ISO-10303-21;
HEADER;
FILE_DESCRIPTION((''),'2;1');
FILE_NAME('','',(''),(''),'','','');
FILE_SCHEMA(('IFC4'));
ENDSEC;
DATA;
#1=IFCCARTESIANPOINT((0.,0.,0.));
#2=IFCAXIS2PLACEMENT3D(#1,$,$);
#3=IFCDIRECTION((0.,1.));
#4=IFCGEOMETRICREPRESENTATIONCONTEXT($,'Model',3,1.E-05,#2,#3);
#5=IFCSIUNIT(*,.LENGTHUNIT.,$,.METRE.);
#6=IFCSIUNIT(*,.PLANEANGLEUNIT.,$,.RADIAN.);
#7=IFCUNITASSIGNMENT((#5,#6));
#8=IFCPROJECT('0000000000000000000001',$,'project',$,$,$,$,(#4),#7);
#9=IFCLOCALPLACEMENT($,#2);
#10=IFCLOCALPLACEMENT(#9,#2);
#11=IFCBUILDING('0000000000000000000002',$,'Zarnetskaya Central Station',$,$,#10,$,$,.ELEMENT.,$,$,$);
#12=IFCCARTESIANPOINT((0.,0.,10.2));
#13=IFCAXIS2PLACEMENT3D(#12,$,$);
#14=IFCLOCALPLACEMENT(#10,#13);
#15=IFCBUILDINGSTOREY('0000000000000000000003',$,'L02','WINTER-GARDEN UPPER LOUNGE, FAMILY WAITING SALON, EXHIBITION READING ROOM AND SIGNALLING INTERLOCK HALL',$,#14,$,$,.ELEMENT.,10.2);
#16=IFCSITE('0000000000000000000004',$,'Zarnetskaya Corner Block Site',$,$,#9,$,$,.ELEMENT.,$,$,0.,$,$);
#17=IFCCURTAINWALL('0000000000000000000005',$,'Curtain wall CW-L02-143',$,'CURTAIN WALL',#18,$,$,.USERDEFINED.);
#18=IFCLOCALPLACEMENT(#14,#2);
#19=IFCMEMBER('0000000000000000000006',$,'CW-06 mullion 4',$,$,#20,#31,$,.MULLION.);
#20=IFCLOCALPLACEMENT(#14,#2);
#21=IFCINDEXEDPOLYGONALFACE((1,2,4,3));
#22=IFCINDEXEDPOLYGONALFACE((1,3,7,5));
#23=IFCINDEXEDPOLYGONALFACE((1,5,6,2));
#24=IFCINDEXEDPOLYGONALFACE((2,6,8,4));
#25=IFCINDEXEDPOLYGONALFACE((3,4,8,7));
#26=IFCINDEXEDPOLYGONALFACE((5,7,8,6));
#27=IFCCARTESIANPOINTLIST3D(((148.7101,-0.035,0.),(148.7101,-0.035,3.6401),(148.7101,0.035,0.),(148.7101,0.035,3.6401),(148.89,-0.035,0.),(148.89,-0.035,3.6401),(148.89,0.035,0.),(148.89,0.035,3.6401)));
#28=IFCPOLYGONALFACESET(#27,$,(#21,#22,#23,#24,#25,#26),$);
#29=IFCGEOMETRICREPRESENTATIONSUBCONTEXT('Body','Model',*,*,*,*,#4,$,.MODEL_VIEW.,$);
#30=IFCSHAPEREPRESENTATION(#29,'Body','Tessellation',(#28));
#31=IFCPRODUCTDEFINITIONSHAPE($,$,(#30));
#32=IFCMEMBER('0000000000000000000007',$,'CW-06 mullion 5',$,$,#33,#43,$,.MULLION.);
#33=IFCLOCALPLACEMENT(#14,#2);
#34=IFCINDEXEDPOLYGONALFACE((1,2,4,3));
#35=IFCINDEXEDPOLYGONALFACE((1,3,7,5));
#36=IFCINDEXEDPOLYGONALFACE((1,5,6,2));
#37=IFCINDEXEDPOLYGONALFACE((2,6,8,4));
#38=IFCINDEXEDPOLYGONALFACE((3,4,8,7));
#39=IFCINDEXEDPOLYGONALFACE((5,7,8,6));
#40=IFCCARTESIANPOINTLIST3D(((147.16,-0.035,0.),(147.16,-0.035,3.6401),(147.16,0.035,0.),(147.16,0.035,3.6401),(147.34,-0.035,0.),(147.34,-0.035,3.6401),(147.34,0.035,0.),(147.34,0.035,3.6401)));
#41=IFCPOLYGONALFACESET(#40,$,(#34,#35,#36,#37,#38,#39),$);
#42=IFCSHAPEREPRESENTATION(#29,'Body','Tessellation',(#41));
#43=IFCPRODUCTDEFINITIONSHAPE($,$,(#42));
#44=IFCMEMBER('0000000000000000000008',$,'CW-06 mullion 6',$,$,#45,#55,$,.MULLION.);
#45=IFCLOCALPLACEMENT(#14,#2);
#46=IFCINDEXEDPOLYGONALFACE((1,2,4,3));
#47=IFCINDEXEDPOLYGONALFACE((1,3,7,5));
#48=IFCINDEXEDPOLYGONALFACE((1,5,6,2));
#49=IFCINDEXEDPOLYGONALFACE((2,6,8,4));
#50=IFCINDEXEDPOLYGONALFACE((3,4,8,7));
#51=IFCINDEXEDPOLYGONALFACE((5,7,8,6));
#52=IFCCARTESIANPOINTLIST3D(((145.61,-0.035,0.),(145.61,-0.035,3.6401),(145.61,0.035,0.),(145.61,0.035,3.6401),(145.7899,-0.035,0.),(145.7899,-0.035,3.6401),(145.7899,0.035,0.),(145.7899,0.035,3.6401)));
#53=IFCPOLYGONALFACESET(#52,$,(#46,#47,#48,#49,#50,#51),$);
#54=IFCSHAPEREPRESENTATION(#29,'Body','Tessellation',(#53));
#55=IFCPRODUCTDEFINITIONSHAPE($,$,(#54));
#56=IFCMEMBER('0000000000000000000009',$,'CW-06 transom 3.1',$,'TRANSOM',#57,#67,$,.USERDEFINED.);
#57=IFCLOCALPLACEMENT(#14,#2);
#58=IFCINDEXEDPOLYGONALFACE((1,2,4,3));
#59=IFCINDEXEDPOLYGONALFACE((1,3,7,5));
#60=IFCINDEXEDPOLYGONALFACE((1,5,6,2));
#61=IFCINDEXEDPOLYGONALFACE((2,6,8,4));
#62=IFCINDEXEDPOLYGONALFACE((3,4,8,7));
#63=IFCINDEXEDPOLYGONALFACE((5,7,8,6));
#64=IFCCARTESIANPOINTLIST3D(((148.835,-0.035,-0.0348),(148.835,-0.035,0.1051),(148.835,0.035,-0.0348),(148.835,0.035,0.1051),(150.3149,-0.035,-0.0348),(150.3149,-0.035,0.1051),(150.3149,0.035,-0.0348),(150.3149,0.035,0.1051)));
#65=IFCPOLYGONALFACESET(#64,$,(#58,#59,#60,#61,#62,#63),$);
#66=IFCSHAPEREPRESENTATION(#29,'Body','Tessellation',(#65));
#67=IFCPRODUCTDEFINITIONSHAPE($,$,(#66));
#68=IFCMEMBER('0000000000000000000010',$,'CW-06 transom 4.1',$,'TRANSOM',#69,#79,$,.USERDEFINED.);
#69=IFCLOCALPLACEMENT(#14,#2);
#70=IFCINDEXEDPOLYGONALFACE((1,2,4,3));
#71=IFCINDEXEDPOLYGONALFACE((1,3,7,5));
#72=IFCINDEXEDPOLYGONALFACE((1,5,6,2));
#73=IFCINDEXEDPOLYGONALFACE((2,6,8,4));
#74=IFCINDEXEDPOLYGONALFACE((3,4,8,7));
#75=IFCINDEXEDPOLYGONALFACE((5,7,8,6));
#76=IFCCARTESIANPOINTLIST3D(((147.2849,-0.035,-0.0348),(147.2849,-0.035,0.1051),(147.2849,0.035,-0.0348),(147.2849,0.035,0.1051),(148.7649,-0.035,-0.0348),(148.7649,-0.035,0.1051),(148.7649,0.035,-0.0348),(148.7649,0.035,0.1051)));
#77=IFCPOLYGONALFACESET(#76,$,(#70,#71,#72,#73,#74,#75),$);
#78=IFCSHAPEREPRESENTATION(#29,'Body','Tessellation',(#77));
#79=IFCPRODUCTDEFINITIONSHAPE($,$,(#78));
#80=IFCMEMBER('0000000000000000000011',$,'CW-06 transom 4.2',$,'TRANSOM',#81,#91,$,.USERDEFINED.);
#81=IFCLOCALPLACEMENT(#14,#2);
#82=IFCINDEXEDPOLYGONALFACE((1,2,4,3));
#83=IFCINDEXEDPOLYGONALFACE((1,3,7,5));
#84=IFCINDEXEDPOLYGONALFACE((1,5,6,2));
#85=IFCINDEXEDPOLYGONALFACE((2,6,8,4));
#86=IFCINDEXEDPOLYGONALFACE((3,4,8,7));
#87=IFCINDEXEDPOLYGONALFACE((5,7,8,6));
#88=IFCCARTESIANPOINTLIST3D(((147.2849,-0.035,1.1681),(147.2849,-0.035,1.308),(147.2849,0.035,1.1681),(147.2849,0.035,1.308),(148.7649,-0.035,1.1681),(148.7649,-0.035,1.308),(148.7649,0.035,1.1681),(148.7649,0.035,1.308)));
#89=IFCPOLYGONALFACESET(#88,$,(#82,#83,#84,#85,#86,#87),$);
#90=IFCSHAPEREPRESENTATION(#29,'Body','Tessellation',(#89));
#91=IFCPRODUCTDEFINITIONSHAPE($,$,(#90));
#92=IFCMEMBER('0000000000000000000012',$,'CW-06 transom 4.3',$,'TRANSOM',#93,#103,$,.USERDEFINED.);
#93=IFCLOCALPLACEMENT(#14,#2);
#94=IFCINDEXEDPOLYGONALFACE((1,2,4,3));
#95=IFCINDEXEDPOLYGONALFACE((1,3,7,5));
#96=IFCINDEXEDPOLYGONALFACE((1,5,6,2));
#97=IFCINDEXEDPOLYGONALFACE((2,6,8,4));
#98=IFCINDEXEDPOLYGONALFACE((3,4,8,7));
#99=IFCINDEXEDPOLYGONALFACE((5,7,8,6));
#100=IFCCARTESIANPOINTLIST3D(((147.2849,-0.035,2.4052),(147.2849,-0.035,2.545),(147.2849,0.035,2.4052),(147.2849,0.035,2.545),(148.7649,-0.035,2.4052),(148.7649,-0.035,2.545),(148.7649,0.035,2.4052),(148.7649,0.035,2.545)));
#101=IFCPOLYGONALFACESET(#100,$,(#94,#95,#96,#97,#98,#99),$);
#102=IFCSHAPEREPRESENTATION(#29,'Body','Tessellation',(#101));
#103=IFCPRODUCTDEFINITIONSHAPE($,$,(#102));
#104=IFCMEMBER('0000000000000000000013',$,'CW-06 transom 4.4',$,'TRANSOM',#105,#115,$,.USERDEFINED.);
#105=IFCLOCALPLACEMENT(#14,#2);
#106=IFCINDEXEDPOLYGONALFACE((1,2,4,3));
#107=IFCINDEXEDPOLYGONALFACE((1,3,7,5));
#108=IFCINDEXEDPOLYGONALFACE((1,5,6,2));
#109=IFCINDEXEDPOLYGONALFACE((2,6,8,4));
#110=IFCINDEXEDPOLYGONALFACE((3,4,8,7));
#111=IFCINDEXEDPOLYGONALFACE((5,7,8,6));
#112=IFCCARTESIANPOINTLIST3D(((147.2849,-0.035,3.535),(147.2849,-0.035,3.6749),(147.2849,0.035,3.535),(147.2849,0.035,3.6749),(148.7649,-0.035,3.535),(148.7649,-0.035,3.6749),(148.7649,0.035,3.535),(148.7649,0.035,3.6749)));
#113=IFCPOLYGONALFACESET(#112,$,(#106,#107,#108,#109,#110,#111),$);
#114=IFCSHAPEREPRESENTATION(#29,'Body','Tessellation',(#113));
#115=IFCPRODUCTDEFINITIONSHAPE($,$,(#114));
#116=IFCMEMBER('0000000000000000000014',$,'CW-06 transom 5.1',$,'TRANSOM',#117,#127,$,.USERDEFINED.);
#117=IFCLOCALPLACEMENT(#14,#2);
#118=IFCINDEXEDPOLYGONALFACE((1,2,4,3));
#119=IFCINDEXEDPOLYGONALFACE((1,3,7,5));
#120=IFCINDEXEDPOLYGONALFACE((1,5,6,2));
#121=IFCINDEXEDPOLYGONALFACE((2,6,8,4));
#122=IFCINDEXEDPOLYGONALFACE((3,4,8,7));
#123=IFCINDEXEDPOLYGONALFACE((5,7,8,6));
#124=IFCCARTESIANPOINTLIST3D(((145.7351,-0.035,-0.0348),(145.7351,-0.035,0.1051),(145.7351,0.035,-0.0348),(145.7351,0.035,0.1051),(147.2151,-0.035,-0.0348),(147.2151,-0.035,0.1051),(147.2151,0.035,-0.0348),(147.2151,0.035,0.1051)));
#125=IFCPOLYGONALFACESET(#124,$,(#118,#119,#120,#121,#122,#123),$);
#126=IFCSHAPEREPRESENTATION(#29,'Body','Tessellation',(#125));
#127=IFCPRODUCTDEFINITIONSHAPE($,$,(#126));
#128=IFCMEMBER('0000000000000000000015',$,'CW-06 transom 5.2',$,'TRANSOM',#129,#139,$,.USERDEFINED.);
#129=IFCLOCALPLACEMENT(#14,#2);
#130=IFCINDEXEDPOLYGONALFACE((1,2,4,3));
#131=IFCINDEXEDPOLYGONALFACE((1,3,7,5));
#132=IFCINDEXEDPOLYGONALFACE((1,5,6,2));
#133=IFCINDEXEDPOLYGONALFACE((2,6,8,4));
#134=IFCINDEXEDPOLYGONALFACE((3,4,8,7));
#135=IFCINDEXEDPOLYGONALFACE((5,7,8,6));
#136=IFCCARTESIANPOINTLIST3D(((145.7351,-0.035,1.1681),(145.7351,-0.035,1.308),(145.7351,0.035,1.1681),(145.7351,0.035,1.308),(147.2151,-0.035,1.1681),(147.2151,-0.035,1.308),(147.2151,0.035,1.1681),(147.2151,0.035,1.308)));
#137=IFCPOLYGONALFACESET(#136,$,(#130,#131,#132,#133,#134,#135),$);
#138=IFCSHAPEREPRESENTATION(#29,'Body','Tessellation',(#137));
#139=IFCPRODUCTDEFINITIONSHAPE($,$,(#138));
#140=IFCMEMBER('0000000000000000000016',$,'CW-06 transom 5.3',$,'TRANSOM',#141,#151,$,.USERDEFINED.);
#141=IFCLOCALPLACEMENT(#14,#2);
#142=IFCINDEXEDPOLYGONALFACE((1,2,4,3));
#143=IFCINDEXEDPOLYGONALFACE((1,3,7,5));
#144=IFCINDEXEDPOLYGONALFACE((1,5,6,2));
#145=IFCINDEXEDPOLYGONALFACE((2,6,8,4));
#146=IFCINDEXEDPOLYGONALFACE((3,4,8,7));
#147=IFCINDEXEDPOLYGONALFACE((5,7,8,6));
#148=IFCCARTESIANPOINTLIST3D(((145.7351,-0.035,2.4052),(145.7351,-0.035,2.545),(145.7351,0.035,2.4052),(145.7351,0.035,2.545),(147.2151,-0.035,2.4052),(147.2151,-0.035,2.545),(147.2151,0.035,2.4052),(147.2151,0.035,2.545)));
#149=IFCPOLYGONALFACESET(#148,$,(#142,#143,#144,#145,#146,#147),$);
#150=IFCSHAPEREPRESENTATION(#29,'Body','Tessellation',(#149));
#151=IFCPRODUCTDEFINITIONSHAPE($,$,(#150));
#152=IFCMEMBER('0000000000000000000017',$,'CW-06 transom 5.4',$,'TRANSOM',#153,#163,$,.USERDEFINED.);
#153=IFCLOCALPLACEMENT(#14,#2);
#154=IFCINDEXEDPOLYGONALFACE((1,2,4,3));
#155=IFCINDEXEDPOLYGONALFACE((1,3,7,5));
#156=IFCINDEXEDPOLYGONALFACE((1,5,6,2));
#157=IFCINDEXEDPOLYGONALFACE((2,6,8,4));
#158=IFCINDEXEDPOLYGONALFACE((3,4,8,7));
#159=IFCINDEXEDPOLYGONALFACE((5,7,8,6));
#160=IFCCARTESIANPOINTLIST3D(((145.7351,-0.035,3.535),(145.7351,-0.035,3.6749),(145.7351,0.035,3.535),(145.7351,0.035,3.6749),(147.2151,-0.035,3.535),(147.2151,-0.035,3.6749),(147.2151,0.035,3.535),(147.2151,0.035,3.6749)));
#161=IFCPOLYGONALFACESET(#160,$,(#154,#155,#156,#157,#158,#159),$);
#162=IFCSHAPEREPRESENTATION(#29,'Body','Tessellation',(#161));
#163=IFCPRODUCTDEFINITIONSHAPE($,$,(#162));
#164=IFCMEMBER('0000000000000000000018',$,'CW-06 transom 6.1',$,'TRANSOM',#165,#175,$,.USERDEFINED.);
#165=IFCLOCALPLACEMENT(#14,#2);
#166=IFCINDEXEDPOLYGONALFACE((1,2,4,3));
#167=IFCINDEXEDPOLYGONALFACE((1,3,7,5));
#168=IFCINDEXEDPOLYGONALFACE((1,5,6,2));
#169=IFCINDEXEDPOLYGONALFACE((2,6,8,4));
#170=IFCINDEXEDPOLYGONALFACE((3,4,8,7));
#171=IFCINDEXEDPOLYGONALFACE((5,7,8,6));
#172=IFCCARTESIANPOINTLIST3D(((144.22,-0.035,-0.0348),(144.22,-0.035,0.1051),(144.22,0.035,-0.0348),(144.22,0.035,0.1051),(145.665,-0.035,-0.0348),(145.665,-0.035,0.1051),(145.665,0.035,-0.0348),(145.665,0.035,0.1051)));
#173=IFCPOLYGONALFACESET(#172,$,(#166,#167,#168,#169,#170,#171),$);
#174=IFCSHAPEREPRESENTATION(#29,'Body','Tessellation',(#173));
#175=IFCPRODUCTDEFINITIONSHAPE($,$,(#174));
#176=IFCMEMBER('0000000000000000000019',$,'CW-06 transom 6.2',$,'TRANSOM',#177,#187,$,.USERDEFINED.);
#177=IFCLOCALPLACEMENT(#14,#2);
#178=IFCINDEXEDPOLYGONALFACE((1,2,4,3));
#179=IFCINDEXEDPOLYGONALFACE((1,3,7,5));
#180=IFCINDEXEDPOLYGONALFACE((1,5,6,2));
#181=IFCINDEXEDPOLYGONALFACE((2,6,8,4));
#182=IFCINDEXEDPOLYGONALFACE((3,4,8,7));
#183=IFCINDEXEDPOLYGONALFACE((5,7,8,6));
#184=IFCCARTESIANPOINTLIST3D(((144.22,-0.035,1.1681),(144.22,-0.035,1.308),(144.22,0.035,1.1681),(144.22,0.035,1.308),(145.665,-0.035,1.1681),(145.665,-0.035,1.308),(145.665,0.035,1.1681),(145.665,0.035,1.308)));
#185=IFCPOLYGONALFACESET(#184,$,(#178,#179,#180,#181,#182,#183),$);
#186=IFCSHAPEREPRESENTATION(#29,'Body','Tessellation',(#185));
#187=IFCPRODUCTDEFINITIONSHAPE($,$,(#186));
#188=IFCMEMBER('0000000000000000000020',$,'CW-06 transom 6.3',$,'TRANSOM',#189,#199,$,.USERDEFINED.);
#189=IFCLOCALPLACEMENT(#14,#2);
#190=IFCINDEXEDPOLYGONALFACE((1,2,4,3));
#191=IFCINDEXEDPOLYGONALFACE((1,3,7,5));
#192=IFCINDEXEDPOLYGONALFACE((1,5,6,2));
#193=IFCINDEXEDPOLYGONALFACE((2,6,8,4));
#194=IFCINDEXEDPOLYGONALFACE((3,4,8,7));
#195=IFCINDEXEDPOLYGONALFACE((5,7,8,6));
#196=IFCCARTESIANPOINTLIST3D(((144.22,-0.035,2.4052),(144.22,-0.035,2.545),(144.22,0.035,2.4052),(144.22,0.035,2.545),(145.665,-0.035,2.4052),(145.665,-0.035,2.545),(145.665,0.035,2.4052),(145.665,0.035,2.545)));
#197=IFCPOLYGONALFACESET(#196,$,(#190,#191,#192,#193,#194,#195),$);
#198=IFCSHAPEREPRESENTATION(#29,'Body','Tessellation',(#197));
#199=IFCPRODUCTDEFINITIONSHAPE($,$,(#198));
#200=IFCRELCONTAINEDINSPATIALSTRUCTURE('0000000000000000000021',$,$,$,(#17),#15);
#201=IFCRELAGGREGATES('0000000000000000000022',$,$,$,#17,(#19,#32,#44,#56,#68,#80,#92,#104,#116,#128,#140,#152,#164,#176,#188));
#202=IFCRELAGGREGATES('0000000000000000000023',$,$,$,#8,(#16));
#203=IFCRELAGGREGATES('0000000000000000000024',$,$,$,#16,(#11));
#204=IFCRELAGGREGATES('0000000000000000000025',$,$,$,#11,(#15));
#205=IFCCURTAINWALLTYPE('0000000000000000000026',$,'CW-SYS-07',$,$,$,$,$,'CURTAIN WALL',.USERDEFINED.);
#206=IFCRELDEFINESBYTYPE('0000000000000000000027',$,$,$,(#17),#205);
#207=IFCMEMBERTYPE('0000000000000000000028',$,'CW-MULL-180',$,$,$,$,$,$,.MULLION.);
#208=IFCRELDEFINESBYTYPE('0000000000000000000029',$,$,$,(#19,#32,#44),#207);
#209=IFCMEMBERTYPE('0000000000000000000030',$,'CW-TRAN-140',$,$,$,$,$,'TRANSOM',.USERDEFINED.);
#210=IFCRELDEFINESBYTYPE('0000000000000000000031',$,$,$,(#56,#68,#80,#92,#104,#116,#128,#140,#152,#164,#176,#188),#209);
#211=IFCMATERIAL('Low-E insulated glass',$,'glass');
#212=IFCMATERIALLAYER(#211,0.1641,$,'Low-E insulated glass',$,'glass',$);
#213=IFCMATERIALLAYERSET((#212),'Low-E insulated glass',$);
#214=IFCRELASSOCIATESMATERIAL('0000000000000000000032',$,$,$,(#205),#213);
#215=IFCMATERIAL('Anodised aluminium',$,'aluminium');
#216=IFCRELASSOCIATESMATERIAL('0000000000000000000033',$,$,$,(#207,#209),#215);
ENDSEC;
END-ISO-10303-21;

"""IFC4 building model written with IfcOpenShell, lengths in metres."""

from ifc_helpers import new_model, si_unit, direction, frame, origin, origin_2d, place, context, subcontext, project, spatial, rectangle, extrude, material, layer, layer_set, material_profile, profile_set, type_object, element, aggregate, save


model = new_model("IFC4")

# Units and contexts
model_context = context("Model", 3, precision=1e-05, world=origin(), true_north=direction((0.0, 1.0)))
body_context = subcontext(model_context, "Body", "Model", "MODEL_VIEW")
ifc_project = project(units=[si_unit("LENGTHUNIT", "METRE"), si_unit("PLANEANGLEUNIT", "RADIAN")], contexts=[model_context])

# Site, building, storey
site_placement = place(None, origin())
site = spatial("IfcSite", under=ifc_project, at=site_placement, Name="Zarnetskaya Corner Block Site", CompositionType="ELEMENT", RefElevation=0.0)
building_placement = place(site_placement, origin())
building = spatial("IfcBuilding", under=site, at=building_placement, Name="Zarnetskaya Central Station", CompositionType="ELEMENT")
storey_placement = place(building_placement, frame((0.0, 0.0, 10.2)))
storey = spatial("IfcBuildingStorey", under=building, at=storey_placement, Name="L02", Description="WINTER-GARDEN UPPER LOUNGE, FAMILY WAITING SALON, EXHIBITION READING ROOM AND SIGNALLING INTERLOCK HALL", CompositionType="ELEMENT", Elevation=10.2)

# Curtain wall, members
ifc_material_1 = material(Name="Low-E insulated glass", Category="glass")
ifc_layer_1 = layer(ifc_material_1, 0.1641, Name="Low-E insulated glass", Category="glass")
ifc_layer_set_1 = layer_set([ifc_layer_1], Name="Low-E insulated glass")
curtain_wall_type = type_object("IfcCurtainWallType", Name="CW-SYS-07", ElementType="CURTAIN WALL", PredefinedType="USERDEFINED", material=ifc_layer_set_1)
curtain_wall_placement = place(storey_placement, origin())
curtain_wall = element("IfcCurtainWall", 1, at=curtain_wall_placement, inside=storey, type_object=curtain_wall_type, Name="Curtain wall CW-L02-143", ObjectType="CURTAIN WALL", PredefinedType="USERDEFINED")
ifc_material_2 = material(Name="Anodised aluminium", Category="aluminium")
ifc_material_profile_1 = material_profile(ifc_material_2, rectangle(XDim=0.0701, YDim=0.1799, at=origin_2d()), Name="ALU MULL 70x180")
ifc_profile_set_1 = profile_set([ifc_material_profile_1], Name="Anodised aluminium")
member_type_1 = type_object("IfcMemberType", Name="CW-MULL-180", PredefinedType="MULLION", material=ifc_profile_set_1)
member_1_placement = place(storey_placement, frame((148.8, 0.0, 0.0), z_axis=(0.0, 0.0, 1.0), x_axis=(0.0, -1.0, 0.0)))
member_1 = element("IfcMember", 2, at=member_1_placement, type_object=member_type_1, Name="CW-06 mullion 4", PredefinedType="MULLION", context=body_context, shape_type="SweptSolid", body=[
    extrude(rectangle(XDim=0.0701, YDim=0.1799, at=origin_2d()), origin(), (0.0, 0.0, 1.0), 3.6401),
])
member_2_placement = place(storey_placement, frame((147.25, 0.0, 0.0), z_axis=(0.0, 0.0, 1.0), x_axis=(0.0, -1.0, 0.0)))
member_2 = element("IfcMember", 3, at=member_2_placement, type_object=member_type_1, Name="CW-06 mullion 5", PredefinedType="MULLION", context=body_context, shape_type="SweptSolid", body=[
    extrude(rectangle(XDim=0.0701, YDim=0.1799, at=origin_2d()), origin(), (0.0, 0.0, 1.0), 3.6401),
])
member_3_placement = place(storey_placement, frame((145.7, 0.0, 0.0), z_axis=(0.0, 0.0, 1.0), x_axis=(0.0, -1.0, 0.0)))
member_3 = element("IfcMember", 4, at=member_3_placement, type_object=member_type_1, Name="CW-06 mullion 6", PredefinedType="MULLION", context=body_context, shape_type="SweptSolid", body=[
    extrude(rectangle(XDim=0.0701, YDim=0.1799, at=origin_2d()), origin(), (0.0, 0.0, 1.0), 3.6401),
])
ifc_material_profile_2 = material_profile(ifc_material_2, rectangle(XDim=0.0701, YDim=0.1399, at=origin_2d()), Name="ALU TRAN 70x140")
ifc_profile_set_2 = profile_set([ifc_material_profile_2], Name="Anodised aluminium")
member_type_2 = type_object("IfcMemberType", Name="CW-TRAN-140", ElementType="TRANSOM", PredefinedType="USERDEFINED", material=ifc_profile_set_2)
member_4_placement = place(storey_placement, frame((150.3149, 0.0, 0.0352), z_axis=(-1.0, 0.0, 0.0), x_axis=(0.0, -1.0, 0.0)))
member_4 = element("IfcMember", 5, at=member_4_placement, type_object=member_type_2, Name="CW-06 transom 3.1", ObjectType="TRANSOM", PredefinedType="USERDEFINED", context=body_context, shape_type="SweptSolid", body=[
    extrude(rectangle(XDim=0.0701, YDim=0.1399, at=origin_2d()), origin(), (0.0, 0.0, 1.0), 1.48),
])
member_5_placement = place(storey_placement, frame((148.7649, 0.0, 0.0352), z_axis=(-1.0, 0.0, 0.0), x_axis=(0.0, -1.0, 0.0)))
member_5 = element("IfcMember", 6, at=member_5_placement, type_object=member_type_2, Name="CW-06 transom 4.1", ObjectType="TRANSOM", PredefinedType="USERDEFINED", context=body_context, shape_type="SweptSolid", body=[
    extrude(rectangle(XDim=0.0701, YDim=0.1399, at=origin_2d()), origin(), (0.0, 0.0, 1.0), 1.48),
])
member_6_placement = place(storey_placement, frame((148.7649, 0.0, 1.238), z_axis=(-1.0, 0.0, 0.0), x_axis=(0.0, -1.0, 0.0)))
member_6 = element("IfcMember", 7, at=member_6_placement, type_object=member_type_2, Name="CW-06 transom 4.2", ObjectType="TRANSOM", PredefinedType="USERDEFINED", context=body_context, shape_type="SweptSolid", body=[
    extrude(rectangle(XDim=0.0701, YDim=0.1399, at=origin_2d()), origin(), (0.0, 0.0, 1.0), 1.48),
])
member_7_placement = place(storey_placement, frame((148.7649, 0.0, 2.4751), z_axis=(-1.0, 0.0, 0.0), x_axis=(0.0, -1.0, 0.0)))
member_7 = element("IfcMember", 8, at=member_7_placement, type_object=member_type_2, Name="CW-06 transom 4.3", ObjectType="TRANSOM", PredefinedType="USERDEFINED", context=body_context, shape_type="SweptSolid", body=[
    extrude(rectangle(XDim=0.0701, YDim=0.1399, at=origin_2d()), origin(), (0.0, 0.0, 1.0), 1.48),
])
member_8_placement = place(storey_placement, frame((148.7649, 0.0, 3.605), z_axis=(-1.0, 0.0, 0.0), x_axis=(0.0, -1.0, 0.0)))
member_8 = element("IfcMember", 9, at=member_8_placement, type_object=member_type_2, Name="CW-06 transom 4.4", ObjectType="TRANSOM", PredefinedType="USERDEFINED", context=body_context, shape_type="SweptSolid", body=[
    extrude(rectangle(XDim=0.0701, YDim=0.1399, at=origin_2d()), origin(), (0.0, 0.0, 1.0), 1.48),
])
member_9_placement = place(storey_placement, frame((147.2151, 0.0, 0.0352), z_axis=(-1.0, 0.0, 0.0), x_axis=(0.0, -1.0, 0.0)))
member_9 = element("IfcMember", 10, at=member_9_placement, type_object=member_type_2, Name="CW-06 transom 5.1", ObjectType="TRANSOM", PredefinedType="USERDEFINED", context=body_context, shape_type="SweptSolid", body=[
    extrude(rectangle(XDim=0.0701, YDim=0.1399, at=origin_2d()), origin(), (0.0, 0.0, 1.0), 1.48),
])
member_10_placement = place(storey_placement, frame((147.2151, 0.0, 1.238), z_axis=(-1.0, 0.0, 0.0), x_axis=(0.0, -1.0, 0.0)))
member_10 = element("IfcMember", 11, at=member_10_placement, type_object=member_type_2, Name="CW-06 transom 5.2", ObjectType="TRANSOM", PredefinedType="USERDEFINED", context=body_context, shape_type="SweptSolid", body=[
    extrude(rectangle(XDim=0.0701, YDim=0.1399, at=origin_2d()), origin(), (0.0, 0.0, 1.0), 1.48),
])
member_11_placement = place(storey_placement, frame((147.2151, 0.0, 2.4751), z_axis=(-1.0, 0.0, 0.0), x_axis=(0.0, -1.0, 0.0)))
member_11 = element("IfcMember", 12, at=member_11_placement, type_object=member_type_2, Name="CW-06 transom 5.3", ObjectType="TRANSOM", PredefinedType="USERDEFINED", context=body_context, shape_type="SweptSolid", body=[
    extrude(rectangle(XDim=0.0701, YDim=0.1399, at=origin_2d()), origin(), (0.0, 0.0, 1.0), 1.48),
])
member_12_placement = place(storey_placement, frame((147.2151, 0.0, 3.605), z_axis=(-1.0, 0.0, 0.0), x_axis=(0.0, -1.0, 0.0)))
member_12 = element("IfcMember", 13, at=member_12_placement, type_object=member_type_2, Name="CW-06 transom 5.4", ObjectType="TRANSOM", PredefinedType="USERDEFINED", context=body_context, shape_type="SweptSolid", body=[
    extrude(rectangle(XDim=0.0701, YDim=0.1399, at=origin_2d()), origin(), (0.0, 0.0, 1.0), 1.48),
])
member_13_placement = place(storey_placement, frame((145.665, 0.0, 0.0352), z_axis=(-1.0, 0.0, 0.0), x_axis=(0.0, -1.0, 0.0)))
member_13 = element("IfcMember", 14, at=member_13_placement, type_object=member_type_2, Name="CW-06 transom 6.1", ObjectType="TRANSOM", PredefinedType="USERDEFINED", context=body_context, shape_type="SweptSolid", body=[
    extrude(rectangle(XDim=0.0701, YDim=0.1399, at=origin_2d()), origin(), (0.0, 0.0, 1.0), 1.4451),
])
member_14_placement = place(storey_placement, frame((145.665, 0.0, 1.238), z_axis=(-1.0, 0.0, 0.0), x_axis=(0.0, -1.0, 0.0)))
member_14 = element("IfcMember", 15, at=member_14_placement, type_object=member_type_2, Name="CW-06 transom 6.2", ObjectType="TRANSOM", PredefinedType="USERDEFINED", context=body_context, shape_type="SweptSolid", body=[
    extrude(rectangle(XDim=0.0701, YDim=0.1399, at=origin_2d()), origin(), (0.0, 0.0, 1.0), 1.4451),
])
member_15_placement = place(storey_placement, frame((145.665, 0.0, 2.4751), z_axis=(-1.0, 0.0, 0.0), x_axis=(0.0, -1.0, 0.0)))
member_15 = element("IfcMember", 16, at=member_15_placement, type_object=member_type_2, Name="CW-06 transom 6.3", ObjectType="TRANSOM", PredefinedType="USERDEFINED", context=body_context, shape_type="SweptSolid", body=[
    extrude(rectangle(XDim=0.0701, YDim=0.1399, at=origin_2d()), origin(), (0.0, 0.0, 1.0), 1.4451),
])
aggregate(curtain_wall, [member_1, member_2, member_3, member_4, member_5, member_6, member_7, member_8, member_9, member_10, member_11, member_12, member_13, member_14, member_15])

save(model, "model.ifc")
